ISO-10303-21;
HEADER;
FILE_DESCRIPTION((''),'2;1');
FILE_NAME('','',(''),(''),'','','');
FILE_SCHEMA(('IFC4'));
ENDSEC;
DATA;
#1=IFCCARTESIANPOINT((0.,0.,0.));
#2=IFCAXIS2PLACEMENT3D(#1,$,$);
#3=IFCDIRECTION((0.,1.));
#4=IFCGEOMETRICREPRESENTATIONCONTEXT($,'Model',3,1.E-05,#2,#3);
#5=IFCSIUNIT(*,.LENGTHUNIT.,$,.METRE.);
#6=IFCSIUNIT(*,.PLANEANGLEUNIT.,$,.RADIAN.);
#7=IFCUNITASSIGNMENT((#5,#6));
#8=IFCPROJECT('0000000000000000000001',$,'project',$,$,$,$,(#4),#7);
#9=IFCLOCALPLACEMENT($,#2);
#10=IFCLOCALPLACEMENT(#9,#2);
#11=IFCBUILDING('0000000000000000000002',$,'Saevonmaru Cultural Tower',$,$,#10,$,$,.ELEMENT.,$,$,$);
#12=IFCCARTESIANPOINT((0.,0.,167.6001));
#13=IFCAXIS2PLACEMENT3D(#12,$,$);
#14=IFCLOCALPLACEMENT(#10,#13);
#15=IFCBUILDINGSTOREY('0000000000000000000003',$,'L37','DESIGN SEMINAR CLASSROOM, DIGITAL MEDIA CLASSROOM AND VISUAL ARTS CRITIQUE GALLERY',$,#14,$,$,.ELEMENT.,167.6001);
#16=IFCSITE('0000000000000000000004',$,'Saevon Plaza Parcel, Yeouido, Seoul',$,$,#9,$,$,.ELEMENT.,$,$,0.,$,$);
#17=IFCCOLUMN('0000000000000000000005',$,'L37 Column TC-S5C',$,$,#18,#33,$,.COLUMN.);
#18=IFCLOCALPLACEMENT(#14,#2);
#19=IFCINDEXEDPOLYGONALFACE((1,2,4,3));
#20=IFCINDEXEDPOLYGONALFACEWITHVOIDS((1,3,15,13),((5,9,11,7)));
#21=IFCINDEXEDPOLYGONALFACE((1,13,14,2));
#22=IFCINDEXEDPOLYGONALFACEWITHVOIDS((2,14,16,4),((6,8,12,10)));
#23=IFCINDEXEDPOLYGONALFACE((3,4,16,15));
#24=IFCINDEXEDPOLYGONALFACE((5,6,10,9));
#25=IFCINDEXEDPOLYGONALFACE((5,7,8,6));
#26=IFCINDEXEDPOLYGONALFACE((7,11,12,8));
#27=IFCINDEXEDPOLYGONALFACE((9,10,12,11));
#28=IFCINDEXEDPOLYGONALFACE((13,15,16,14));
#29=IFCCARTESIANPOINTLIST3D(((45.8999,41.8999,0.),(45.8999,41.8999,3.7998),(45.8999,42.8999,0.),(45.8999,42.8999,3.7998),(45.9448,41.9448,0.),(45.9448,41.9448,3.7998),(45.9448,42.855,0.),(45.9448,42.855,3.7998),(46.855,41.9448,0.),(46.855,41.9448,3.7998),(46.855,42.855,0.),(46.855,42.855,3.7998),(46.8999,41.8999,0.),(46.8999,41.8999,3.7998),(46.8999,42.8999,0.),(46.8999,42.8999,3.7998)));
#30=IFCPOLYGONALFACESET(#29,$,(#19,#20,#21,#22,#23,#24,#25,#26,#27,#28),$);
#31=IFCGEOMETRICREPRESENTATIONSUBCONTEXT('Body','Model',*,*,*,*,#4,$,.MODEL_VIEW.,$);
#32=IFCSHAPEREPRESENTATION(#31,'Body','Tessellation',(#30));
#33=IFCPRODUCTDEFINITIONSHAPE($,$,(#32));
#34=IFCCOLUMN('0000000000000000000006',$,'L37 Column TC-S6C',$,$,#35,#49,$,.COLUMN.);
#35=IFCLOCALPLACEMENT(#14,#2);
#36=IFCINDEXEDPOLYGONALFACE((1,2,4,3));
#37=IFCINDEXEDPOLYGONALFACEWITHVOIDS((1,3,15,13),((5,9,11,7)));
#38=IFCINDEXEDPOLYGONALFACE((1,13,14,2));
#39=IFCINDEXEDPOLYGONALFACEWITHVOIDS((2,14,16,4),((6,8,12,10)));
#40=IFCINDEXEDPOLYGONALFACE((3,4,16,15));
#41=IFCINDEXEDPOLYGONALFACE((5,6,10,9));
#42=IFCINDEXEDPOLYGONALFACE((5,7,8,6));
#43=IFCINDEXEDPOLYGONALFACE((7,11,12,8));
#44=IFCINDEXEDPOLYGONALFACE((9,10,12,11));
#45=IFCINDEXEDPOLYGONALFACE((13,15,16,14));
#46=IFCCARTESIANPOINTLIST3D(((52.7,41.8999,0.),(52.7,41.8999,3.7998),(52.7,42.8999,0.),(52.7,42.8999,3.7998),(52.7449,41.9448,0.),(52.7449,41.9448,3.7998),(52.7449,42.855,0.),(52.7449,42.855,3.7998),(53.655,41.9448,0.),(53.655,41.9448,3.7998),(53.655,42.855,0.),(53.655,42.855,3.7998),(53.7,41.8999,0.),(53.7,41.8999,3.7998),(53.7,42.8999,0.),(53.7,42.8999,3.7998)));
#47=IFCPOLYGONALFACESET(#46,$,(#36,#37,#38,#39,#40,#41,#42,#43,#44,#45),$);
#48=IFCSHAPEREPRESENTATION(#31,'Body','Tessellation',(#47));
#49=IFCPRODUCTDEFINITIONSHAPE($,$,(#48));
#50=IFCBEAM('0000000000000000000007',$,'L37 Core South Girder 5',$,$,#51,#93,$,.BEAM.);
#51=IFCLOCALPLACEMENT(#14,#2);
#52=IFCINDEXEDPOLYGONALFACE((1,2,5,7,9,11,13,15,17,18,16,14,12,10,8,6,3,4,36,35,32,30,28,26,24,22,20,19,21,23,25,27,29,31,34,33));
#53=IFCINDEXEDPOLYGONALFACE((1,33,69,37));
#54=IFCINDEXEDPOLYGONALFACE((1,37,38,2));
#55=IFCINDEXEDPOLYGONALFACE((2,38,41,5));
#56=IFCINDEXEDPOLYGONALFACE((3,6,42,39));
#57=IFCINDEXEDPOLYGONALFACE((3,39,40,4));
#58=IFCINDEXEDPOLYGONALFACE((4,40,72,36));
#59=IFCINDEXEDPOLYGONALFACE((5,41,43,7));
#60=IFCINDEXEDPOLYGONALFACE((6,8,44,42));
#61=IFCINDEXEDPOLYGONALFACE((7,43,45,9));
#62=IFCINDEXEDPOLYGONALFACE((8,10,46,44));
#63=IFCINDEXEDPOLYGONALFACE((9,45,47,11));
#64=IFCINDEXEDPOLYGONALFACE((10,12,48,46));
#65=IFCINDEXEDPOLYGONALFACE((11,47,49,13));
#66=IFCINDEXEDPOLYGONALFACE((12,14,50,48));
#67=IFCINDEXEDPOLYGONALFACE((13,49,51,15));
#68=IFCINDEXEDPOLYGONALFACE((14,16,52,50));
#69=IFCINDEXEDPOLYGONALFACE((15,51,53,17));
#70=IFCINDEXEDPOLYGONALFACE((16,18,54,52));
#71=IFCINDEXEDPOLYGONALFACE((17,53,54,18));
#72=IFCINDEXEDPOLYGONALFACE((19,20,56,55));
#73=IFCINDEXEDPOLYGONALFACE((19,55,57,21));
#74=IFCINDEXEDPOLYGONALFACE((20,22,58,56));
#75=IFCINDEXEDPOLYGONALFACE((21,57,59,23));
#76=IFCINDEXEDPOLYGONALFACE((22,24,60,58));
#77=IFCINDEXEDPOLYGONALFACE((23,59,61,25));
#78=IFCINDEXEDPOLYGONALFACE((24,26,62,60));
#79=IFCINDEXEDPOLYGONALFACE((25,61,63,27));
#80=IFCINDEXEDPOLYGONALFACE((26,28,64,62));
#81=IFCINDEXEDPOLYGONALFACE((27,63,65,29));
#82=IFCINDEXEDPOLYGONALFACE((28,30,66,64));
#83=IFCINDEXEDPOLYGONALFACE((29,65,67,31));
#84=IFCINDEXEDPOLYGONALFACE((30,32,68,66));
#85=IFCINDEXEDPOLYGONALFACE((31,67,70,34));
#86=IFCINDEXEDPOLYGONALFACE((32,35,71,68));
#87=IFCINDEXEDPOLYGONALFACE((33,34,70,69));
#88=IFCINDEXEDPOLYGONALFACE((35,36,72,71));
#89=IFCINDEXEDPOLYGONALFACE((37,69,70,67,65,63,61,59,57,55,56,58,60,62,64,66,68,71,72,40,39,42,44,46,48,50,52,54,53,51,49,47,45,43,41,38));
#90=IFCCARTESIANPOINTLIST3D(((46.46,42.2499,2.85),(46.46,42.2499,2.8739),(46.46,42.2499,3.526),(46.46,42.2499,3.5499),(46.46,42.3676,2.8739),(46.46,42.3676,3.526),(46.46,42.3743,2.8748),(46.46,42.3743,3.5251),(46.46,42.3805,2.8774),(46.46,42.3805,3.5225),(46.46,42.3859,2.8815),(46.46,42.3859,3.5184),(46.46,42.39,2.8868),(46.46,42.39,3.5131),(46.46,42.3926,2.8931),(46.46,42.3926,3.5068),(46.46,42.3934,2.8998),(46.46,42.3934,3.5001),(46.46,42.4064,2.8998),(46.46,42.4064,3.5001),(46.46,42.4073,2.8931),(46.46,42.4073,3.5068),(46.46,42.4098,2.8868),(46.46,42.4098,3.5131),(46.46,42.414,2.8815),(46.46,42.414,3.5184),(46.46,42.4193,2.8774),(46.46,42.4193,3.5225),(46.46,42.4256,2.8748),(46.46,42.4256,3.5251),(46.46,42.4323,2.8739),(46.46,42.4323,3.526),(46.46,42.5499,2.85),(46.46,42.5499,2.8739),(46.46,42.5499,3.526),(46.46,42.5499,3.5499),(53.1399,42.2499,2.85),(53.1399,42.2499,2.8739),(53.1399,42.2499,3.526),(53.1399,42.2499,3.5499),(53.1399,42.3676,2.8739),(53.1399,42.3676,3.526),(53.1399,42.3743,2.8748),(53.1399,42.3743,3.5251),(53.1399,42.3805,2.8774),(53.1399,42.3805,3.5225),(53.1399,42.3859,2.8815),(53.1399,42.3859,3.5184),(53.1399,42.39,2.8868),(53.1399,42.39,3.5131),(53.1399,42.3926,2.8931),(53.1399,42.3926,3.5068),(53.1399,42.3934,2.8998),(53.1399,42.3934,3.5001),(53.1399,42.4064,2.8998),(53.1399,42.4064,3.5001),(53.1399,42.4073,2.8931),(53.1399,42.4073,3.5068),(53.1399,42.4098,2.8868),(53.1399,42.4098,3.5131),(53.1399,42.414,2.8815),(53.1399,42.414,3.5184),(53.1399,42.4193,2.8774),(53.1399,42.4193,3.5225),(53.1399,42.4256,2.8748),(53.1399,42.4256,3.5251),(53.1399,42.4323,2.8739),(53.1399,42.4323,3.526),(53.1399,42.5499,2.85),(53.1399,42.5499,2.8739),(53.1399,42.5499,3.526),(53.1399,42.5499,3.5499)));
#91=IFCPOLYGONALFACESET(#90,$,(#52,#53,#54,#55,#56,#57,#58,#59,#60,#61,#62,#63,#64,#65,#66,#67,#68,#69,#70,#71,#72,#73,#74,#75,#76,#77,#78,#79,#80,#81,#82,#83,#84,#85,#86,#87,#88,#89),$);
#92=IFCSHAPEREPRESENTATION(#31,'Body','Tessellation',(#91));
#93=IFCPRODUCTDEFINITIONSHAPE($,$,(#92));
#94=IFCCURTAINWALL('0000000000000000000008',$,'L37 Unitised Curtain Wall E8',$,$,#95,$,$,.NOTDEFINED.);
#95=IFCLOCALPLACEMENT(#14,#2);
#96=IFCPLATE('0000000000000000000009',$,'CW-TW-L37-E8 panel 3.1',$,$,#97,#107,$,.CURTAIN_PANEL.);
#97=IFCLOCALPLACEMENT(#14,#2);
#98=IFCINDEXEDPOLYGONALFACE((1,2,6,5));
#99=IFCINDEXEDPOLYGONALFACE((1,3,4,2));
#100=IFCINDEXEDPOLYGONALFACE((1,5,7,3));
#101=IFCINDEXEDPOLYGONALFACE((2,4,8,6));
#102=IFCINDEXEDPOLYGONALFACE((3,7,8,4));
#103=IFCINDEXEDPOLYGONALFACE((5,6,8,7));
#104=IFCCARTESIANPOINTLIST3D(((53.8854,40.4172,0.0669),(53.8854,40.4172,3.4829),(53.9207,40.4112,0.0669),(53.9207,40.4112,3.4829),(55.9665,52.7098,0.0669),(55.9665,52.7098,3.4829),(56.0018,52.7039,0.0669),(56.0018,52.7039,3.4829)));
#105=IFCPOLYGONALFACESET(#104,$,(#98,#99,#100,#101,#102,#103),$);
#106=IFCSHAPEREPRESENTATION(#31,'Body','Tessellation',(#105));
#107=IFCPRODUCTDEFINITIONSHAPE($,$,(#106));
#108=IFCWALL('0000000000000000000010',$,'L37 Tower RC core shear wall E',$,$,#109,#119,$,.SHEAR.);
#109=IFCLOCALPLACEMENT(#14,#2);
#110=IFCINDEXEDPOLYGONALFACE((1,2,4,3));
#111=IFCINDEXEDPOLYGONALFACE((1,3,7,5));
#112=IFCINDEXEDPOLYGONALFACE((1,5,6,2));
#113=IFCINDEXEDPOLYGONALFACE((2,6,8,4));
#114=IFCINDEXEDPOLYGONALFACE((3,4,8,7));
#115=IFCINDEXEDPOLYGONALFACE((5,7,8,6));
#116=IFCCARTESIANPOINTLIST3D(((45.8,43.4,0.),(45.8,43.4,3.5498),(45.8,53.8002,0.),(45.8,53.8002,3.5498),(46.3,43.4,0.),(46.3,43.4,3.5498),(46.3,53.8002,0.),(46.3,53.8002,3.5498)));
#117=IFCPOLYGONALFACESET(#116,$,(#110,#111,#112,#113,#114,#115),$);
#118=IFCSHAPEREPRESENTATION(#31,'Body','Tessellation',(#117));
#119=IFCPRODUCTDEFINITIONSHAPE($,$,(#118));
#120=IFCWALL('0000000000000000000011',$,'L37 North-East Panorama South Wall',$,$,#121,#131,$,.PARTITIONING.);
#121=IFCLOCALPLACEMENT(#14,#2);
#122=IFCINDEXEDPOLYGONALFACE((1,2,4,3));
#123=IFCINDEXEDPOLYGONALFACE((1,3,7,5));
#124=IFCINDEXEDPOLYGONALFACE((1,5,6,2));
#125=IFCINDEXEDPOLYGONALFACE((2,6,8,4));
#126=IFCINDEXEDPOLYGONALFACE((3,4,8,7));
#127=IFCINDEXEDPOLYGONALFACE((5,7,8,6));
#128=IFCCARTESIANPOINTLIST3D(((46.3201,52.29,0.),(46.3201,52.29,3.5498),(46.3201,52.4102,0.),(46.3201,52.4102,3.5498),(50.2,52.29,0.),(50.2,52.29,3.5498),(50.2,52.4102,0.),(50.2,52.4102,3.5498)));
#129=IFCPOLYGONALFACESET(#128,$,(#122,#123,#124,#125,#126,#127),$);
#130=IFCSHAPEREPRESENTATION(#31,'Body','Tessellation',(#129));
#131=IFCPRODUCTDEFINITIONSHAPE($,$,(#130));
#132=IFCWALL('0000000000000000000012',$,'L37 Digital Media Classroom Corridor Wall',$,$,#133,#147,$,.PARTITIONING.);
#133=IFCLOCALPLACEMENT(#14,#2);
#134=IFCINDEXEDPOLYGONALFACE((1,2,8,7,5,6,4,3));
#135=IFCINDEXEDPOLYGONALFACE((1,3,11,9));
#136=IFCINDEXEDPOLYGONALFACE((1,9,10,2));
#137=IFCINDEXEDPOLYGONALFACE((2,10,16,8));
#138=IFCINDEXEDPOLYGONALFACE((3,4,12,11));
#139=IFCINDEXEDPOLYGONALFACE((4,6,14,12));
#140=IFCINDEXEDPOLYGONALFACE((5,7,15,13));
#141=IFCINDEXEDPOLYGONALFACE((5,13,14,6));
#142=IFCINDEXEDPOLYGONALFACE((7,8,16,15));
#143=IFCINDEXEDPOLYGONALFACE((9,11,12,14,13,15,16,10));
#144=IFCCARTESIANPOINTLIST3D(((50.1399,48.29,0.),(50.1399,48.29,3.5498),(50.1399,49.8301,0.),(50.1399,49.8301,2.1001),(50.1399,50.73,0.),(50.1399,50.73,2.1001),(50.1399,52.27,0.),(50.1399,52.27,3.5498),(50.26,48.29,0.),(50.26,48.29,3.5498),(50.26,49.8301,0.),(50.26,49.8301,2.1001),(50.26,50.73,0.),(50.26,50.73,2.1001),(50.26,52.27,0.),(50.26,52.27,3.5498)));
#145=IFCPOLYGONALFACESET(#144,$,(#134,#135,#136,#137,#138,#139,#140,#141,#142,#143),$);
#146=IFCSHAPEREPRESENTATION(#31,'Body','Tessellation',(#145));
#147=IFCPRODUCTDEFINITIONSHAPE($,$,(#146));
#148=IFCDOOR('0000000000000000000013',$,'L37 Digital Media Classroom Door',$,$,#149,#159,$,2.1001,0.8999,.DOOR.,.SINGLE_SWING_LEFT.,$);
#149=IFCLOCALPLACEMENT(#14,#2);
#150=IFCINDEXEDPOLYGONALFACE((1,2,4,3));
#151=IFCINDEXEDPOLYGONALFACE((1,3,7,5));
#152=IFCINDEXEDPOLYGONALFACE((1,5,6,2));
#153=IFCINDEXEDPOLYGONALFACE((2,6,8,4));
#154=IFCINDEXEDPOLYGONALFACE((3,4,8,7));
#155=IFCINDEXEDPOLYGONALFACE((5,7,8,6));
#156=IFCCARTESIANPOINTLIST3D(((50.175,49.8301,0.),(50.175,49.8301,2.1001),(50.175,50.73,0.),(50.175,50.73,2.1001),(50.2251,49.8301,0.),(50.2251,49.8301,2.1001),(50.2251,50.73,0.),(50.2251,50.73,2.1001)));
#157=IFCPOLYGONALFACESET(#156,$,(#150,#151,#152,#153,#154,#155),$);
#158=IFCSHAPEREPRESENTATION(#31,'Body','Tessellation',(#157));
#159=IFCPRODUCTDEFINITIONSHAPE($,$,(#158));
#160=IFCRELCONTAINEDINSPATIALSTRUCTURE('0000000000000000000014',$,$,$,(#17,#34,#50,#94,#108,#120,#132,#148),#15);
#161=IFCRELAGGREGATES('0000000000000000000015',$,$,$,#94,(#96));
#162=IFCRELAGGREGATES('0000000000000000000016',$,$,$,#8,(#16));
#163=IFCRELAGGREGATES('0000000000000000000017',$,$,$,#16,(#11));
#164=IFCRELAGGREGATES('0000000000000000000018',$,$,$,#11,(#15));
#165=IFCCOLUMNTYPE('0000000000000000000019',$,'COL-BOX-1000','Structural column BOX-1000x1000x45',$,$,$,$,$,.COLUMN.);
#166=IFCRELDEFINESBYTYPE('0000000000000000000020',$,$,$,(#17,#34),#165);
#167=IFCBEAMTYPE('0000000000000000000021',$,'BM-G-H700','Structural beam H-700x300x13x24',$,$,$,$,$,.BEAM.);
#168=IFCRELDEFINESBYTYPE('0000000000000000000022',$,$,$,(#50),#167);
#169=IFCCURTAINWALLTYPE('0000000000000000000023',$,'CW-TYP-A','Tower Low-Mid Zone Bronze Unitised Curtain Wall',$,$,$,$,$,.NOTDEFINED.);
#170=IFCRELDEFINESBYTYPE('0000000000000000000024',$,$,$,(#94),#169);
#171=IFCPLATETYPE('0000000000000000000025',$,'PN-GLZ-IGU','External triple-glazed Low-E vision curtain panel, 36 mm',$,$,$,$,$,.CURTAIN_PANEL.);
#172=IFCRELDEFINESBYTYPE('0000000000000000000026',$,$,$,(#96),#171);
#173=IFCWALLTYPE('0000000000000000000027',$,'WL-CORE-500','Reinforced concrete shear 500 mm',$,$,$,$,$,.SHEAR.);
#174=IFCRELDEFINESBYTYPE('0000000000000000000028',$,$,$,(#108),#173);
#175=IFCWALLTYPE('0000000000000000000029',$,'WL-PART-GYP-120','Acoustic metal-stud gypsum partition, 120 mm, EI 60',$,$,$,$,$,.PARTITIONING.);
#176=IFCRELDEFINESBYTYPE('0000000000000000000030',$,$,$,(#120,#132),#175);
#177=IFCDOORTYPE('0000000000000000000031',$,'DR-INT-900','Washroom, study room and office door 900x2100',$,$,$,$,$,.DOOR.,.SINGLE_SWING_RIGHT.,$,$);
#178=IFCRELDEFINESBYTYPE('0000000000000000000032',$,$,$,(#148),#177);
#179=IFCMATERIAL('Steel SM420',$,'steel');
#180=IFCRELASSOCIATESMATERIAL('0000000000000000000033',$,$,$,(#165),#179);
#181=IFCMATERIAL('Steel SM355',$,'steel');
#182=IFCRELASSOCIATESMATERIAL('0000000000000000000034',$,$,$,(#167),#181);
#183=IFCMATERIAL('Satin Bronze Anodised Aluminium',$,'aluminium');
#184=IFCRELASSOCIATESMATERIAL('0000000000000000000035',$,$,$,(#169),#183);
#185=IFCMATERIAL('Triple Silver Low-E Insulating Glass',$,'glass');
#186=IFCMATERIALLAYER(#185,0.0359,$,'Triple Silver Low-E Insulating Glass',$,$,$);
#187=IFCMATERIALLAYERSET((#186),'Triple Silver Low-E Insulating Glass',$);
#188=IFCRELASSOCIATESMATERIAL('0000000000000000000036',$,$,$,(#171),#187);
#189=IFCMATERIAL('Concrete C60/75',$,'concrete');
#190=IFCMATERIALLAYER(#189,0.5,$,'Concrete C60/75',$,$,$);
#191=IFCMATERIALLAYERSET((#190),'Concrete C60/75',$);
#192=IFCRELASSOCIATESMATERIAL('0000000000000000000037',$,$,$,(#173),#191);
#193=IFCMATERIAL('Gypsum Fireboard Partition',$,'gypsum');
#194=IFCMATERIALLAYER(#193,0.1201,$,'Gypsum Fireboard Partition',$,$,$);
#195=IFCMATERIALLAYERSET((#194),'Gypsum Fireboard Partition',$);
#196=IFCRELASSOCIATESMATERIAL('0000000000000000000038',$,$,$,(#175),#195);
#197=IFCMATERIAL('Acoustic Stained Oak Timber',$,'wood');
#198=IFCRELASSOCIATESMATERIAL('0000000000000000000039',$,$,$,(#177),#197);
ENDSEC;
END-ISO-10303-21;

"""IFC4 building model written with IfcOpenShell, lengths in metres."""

from ifc_helpers import new_model, si_unit, direction, frame, frame_2d, origin, origin_2d, place, context, subcontext, project, spatial, rectangle, hollow_rectangle, i_section, extrude, material, layer, layer_set, material_profile, profile_set, type_object, element, fill, aggregate, save


model = new_model("IFC4")

# Units and contexts
model_context = context("Model", 3, precision=1e-05, world=origin(), true_north=direction((0.0, 1.0)))
body_context = subcontext(model_context, "Body", "Model", "MODEL_VIEW")
ifc_project = project(units=[si_unit("LENGTHUNIT", "METRE"), si_unit("PLANEANGLEUNIT", "RADIAN")], contexts=[model_context])

# Site, building, storey
site_placement = place(None, origin())
site = spatial("IfcSite", under=ifc_project, at=site_placement, Name="Saevon Plaza Parcel, Yeouido, Seoul", CompositionType="ELEMENT", RefElevation=0.0)
building_placement = place(site_placement, origin())
building = spatial("IfcBuilding", under=site, at=building_placement, Name="Saevonmaru Cultural Tower", CompositionType="ELEMENT")
storey_placement = place(building_placement, frame((0.0, 0.0, 167.6001)))
storey = spatial("IfcBuildingStorey", under=building, at=storey_placement, Name="L37", Description="DESIGN SEMINAR CLASSROOM, DIGITAL MEDIA CLASSROOM AND VISUAL ARTS CRITIQUE GALLERY", CompositionType="ELEMENT", Elevation=167.6001)

# Columns
ifc_material_1 = material(Name="Steel SM420", Category="steel")
ifc_material_profile_1 = material_profile(ifc_material_1, hollow_rectangle(XDim=1.0, YDim=1.0, WallThickness=0.0449, at=origin_2d()), Name="BOX-1000x1000x45")
ifc_profile_set_1 = profile_set([ifc_material_profile_1], Name="Steel SM420")
column_type = type_object("IfcColumnType", Name="COL-BOX-1000", Description="Structural column BOX-1000x1000x45", PredefinedType="COLUMN", material=ifc_profile_set_1)
for number, where, z_axis, x_axis, name in (
    (1, (46.3999, 42.3999, 0.0), (0.0, 0.0, 1.0), (1.0, 0.0, 0.0), "L37 Column TC-S5C"),
    (2, (53.2, 42.3999, 0.0), (0.0, 0.0, 1.0), (1.0, 0.0, 0.0), "L37 Column TC-S6C"),
):
    element("IfcColumn", number, at=place(storey_placement, frame(where, z_axis=z_axis, x_axis=x_axis)), inside=storey, type_object=column_type, Name=name, PredefinedType="COLUMN", context=body_context, shape_type="SweptSolid", body=[
        extrude(hollow_rectangle(XDim=1.0, YDim=1.0, WallThickness=0.0449, at=origin_2d()), origin(), (0.0, 0.0, 1.0), 3.7998),
    ])

# Beam
ifc_material_2 = material(Name="Steel SM355", Category="steel")
ifc_material_profile_2 = material_profile(ifc_material_2, i_section(OverallWidth=0.3, OverallDepth=0.7, WebThickness=0.0129, FlangeThickness=0.0239, FilletRadius=0.0259, at=origin_2d()), Name="H-700x300x13x24")
ifc_profile_set_2 = profile_set([ifc_material_profile_2], Name="Steel SM355")
beam_type = type_object("IfcBeamType", Name="BM-G-H700", Description="Structural beam H-700x300x13x24", PredefinedType="BEAM", material=ifc_profile_set_2)
beam_placement = place(storey_placement, frame((46.46, 42.3999, 3.2), z_axis=(1.0, 0.0, 0.0), x_axis=(0.0, 1.0, 0.0)))
element("IfcBeam", 3, at=beam_placement, inside=storey, type_object=beam_type, Name="L37 Core South Girder 5", PredefinedType="BEAM", context=body_context, shape_type="SweptSolid", body=[
    extrude(i_section(OverallWidth=0.3, OverallDepth=0.7, WebThickness=0.0129, FlangeThickness=0.0239, FilletRadius=0.0259, at=origin_2d()), origin(), (0.0, 0.0, 1.0), 6.6799),
])

# Curtain wall, plate
ifc_material_3 = material(Name="Satin Bronze Anodised Aluminium", Category="aluminium")
curtain_wall_type = type_object("IfcCurtainWallType", Name="CW-TYP-A", Description="Tower Low-Mid Zone Bronze Unitised Curtain Wall", PredefinedType="NOTDEFINED", material=ifc_material_3)
curtain_wall_placement = place(storey_placement, origin())
curtain_wall = element("IfcCurtainWall", 4, at=curtain_wall_placement, inside=storey, type_object=curtain_wall_type, Name="L37 Unitised Curtain Wall E8", PredefinedType="NOTDEFINED")
ifc_material_4 = material(Name="Triple Silver Low-E Insulating Glass", Category="glass")
ifc_layer_1 = layer(ifc_material_4, 0.0359, Name="Triple Silver Low-E Insulating Glass")
ifc_layer_set_1 = layer_set([ifc_layer_1], Name="Triple Silver Low-E Insulating Glass")
plate_type = type_object("IfcPlateType", Name="PN-GLZ-IGU", Description="External triple-glazed Low-E vision curtain panel, 36 mm", PredefinedType="CURTAIN_PANEL", material=ifc_layer_set_1)
plate_placement = place(storey_placement, frame((54.9436, 46.5605, 0.0669), z_axis=(0.0, 0.0, 1.0), x_axis=(0.166922, 0.98597, 0.0)))
plate = element("IfcPlate", 5, at=plate_placement, type_object=plate_type, Name="CW-TW-L37-E8 panel 3.1", PredefinedType="CURTAIN_PANEL", context=body_context, shape_type="SweptSolid", body=[
    extrude(rectangle(XDim=12.4675, YDim=0.0359, at=origin_2d()), origin(), (0.0, 0.0, 1.0), 3.416),
])
aggregate(curtain_wall, [plate])

# Walls
ifc_material_5 = material(Name="Concrete C60/75", Category="concrete")
ifc_layer_2 = layer(ifc_material_5, 0.5, Name="Concrete C60/75")
ifc_layer_set_2 = layer_set([ifc_layer_2], Name="Concrete C60/75")
wall_type_1 = type_object("IfcWallType", Name="WL-CORE-500", Description="Reinforced concrete shear 500 mm", PredefinedType="SHEAR", material=ifc_layer_set_2)
wall_1_placement = place(storey_placement, frame((46.05, 43.3999, 0.0), z_axis=(0.0, 0.0, 1.0), x_axis=(0.0, 1.0, 0.0)))
element("IfcWall", 6, at=wall_1_placement, inside=storey, type_object=wall_type_1, Name="L37 Tower RC core shear wall E", PredefinedType="SHEAR", context=body_context, shape_type="SweptSolid", body=[
    extrude(rectangle(XDim=10.4001, YDim=0.5, at=frame_2d((5.2002, 0.0))), origin(), (0.0, 0.0, 1.0), 3.5498),
])
ifc_material_6 = material(Name="Gypsum Fireboard Partition", Category="gypsum")
ifc_layer_3 = layer(ifc_material_6, 0.1201, Name="Gypsum Fireboard Partition")
ifc_layer_set_3 = layer_set([ifc_layer_3], Name="Gypsum Fireboard Partition")
wall_type_2 = type_object("IfcWallType", Name="WL-PART-GYP-120", Description="Acoustic metal-stud gypsum partition, 120 mm, EI 60", PredefinedType="PARTITIONING", material=ifc_layer_set_3)
wall_2_placement = place(storey_placement, frame((46.3201, 52.3501, 0.0), z_axis=(0.0, 0.0, 1.0), x_axis=(1.0, 0.0, 0.0)))
element("IfcWall", 7, at=wall_2_placement, inside=storey, type_object=wall_type_2, Name="L37 North-East Panorama South Wall", PredefinedType="PARTITIONING", context=body_context, shape_type="SweptSolid", body=[
    extrude(rectangle(XDim=3.8799, YDim=0.1201, at=frame_2d((1.9399, 0.0))), origin(), (0.0, 0.0, 1.0), 3.5498),
])

# Wall, opening, door
wall_3_placement = place(storey_placement, frame((50.2, 48.29, 0.0), z_axis=(0.0, 0.0, 1.0), x_axis=(0.0, 1.0, 0.0)))
wall_3 = element("IfcWall", 8, at=wall_3_placement, inside=storey, type_object=wall_type_2, Name="L37 Digital Media Classroom Corridor Wall", PredefinedType="PARTITIONING", context=body_context, shape_type="SweptSolid", body=[
    extrude(rectangle(XDim=3.98, YDim=0.1201, at=frame_2d((1.99, 0.0))), origin(), (0.0, 0.0, 1.0), 3.5498),
])
opening_1_placement = place(wall_3_placement, frame((1.54, 0.0, 0.0)))
opening_1 = element("IfcOpeningElement", 9, at=opening_1_placement, cuts=wall_3, PredefinedType="OPENING", context=body_context, shape_type="SweptSolid", body=[
    extrude(rectangle(XDim=0.8999, YDim=2.1001, at=frame_2d((0.45, 1.05))), frame((0.0, 0.0701, 0.0), z_axis=(0.0, -1.0, 0.0), x_axis=(1.0, 0.0, 0.0)), (0.0, 0.0, 1.0), 0.1401),
])
ifc_material_7 = material(Name="Acoustic Stained Oak Timber", Category="wood")
door_type_1 = type_object("IfcDoorType", Name="DR-INT-900", Description="Washroom, study room and office door 900x2100", OperationType="SINGLE_SWING_RIGHT", PredefinedType="DOOR", material=ifc_material_7)
door_1_placement = place(opening_1_placement, origin())
door_1 = element("IfcDoor", 10, at=door_1_placement, inside=storey, type_object=door_type_1, Name="L37 Digital Media Classroom Door", OperationType="SINGLE_SWING_LEFT", OverallHeight=2.1001, OverallWidth=0.8999, PredefinedType="DOOR", context=body_context, shape_type="SweptSolid", body=[
    extrude(rectangle(XDim=0.8999, YDim=2.1001, at=frame_2d((0.45, 1.05))), frame((0.0, 0.0249, 0.0), z_axis=(0.0, -1.0, 0.0), x_axis=(1.0, 0.0, 0.0)), (0.0, 0.0, 1.0), 0.05),
])
fill(opening_1, door_1)

save(model, "model.ifc")
